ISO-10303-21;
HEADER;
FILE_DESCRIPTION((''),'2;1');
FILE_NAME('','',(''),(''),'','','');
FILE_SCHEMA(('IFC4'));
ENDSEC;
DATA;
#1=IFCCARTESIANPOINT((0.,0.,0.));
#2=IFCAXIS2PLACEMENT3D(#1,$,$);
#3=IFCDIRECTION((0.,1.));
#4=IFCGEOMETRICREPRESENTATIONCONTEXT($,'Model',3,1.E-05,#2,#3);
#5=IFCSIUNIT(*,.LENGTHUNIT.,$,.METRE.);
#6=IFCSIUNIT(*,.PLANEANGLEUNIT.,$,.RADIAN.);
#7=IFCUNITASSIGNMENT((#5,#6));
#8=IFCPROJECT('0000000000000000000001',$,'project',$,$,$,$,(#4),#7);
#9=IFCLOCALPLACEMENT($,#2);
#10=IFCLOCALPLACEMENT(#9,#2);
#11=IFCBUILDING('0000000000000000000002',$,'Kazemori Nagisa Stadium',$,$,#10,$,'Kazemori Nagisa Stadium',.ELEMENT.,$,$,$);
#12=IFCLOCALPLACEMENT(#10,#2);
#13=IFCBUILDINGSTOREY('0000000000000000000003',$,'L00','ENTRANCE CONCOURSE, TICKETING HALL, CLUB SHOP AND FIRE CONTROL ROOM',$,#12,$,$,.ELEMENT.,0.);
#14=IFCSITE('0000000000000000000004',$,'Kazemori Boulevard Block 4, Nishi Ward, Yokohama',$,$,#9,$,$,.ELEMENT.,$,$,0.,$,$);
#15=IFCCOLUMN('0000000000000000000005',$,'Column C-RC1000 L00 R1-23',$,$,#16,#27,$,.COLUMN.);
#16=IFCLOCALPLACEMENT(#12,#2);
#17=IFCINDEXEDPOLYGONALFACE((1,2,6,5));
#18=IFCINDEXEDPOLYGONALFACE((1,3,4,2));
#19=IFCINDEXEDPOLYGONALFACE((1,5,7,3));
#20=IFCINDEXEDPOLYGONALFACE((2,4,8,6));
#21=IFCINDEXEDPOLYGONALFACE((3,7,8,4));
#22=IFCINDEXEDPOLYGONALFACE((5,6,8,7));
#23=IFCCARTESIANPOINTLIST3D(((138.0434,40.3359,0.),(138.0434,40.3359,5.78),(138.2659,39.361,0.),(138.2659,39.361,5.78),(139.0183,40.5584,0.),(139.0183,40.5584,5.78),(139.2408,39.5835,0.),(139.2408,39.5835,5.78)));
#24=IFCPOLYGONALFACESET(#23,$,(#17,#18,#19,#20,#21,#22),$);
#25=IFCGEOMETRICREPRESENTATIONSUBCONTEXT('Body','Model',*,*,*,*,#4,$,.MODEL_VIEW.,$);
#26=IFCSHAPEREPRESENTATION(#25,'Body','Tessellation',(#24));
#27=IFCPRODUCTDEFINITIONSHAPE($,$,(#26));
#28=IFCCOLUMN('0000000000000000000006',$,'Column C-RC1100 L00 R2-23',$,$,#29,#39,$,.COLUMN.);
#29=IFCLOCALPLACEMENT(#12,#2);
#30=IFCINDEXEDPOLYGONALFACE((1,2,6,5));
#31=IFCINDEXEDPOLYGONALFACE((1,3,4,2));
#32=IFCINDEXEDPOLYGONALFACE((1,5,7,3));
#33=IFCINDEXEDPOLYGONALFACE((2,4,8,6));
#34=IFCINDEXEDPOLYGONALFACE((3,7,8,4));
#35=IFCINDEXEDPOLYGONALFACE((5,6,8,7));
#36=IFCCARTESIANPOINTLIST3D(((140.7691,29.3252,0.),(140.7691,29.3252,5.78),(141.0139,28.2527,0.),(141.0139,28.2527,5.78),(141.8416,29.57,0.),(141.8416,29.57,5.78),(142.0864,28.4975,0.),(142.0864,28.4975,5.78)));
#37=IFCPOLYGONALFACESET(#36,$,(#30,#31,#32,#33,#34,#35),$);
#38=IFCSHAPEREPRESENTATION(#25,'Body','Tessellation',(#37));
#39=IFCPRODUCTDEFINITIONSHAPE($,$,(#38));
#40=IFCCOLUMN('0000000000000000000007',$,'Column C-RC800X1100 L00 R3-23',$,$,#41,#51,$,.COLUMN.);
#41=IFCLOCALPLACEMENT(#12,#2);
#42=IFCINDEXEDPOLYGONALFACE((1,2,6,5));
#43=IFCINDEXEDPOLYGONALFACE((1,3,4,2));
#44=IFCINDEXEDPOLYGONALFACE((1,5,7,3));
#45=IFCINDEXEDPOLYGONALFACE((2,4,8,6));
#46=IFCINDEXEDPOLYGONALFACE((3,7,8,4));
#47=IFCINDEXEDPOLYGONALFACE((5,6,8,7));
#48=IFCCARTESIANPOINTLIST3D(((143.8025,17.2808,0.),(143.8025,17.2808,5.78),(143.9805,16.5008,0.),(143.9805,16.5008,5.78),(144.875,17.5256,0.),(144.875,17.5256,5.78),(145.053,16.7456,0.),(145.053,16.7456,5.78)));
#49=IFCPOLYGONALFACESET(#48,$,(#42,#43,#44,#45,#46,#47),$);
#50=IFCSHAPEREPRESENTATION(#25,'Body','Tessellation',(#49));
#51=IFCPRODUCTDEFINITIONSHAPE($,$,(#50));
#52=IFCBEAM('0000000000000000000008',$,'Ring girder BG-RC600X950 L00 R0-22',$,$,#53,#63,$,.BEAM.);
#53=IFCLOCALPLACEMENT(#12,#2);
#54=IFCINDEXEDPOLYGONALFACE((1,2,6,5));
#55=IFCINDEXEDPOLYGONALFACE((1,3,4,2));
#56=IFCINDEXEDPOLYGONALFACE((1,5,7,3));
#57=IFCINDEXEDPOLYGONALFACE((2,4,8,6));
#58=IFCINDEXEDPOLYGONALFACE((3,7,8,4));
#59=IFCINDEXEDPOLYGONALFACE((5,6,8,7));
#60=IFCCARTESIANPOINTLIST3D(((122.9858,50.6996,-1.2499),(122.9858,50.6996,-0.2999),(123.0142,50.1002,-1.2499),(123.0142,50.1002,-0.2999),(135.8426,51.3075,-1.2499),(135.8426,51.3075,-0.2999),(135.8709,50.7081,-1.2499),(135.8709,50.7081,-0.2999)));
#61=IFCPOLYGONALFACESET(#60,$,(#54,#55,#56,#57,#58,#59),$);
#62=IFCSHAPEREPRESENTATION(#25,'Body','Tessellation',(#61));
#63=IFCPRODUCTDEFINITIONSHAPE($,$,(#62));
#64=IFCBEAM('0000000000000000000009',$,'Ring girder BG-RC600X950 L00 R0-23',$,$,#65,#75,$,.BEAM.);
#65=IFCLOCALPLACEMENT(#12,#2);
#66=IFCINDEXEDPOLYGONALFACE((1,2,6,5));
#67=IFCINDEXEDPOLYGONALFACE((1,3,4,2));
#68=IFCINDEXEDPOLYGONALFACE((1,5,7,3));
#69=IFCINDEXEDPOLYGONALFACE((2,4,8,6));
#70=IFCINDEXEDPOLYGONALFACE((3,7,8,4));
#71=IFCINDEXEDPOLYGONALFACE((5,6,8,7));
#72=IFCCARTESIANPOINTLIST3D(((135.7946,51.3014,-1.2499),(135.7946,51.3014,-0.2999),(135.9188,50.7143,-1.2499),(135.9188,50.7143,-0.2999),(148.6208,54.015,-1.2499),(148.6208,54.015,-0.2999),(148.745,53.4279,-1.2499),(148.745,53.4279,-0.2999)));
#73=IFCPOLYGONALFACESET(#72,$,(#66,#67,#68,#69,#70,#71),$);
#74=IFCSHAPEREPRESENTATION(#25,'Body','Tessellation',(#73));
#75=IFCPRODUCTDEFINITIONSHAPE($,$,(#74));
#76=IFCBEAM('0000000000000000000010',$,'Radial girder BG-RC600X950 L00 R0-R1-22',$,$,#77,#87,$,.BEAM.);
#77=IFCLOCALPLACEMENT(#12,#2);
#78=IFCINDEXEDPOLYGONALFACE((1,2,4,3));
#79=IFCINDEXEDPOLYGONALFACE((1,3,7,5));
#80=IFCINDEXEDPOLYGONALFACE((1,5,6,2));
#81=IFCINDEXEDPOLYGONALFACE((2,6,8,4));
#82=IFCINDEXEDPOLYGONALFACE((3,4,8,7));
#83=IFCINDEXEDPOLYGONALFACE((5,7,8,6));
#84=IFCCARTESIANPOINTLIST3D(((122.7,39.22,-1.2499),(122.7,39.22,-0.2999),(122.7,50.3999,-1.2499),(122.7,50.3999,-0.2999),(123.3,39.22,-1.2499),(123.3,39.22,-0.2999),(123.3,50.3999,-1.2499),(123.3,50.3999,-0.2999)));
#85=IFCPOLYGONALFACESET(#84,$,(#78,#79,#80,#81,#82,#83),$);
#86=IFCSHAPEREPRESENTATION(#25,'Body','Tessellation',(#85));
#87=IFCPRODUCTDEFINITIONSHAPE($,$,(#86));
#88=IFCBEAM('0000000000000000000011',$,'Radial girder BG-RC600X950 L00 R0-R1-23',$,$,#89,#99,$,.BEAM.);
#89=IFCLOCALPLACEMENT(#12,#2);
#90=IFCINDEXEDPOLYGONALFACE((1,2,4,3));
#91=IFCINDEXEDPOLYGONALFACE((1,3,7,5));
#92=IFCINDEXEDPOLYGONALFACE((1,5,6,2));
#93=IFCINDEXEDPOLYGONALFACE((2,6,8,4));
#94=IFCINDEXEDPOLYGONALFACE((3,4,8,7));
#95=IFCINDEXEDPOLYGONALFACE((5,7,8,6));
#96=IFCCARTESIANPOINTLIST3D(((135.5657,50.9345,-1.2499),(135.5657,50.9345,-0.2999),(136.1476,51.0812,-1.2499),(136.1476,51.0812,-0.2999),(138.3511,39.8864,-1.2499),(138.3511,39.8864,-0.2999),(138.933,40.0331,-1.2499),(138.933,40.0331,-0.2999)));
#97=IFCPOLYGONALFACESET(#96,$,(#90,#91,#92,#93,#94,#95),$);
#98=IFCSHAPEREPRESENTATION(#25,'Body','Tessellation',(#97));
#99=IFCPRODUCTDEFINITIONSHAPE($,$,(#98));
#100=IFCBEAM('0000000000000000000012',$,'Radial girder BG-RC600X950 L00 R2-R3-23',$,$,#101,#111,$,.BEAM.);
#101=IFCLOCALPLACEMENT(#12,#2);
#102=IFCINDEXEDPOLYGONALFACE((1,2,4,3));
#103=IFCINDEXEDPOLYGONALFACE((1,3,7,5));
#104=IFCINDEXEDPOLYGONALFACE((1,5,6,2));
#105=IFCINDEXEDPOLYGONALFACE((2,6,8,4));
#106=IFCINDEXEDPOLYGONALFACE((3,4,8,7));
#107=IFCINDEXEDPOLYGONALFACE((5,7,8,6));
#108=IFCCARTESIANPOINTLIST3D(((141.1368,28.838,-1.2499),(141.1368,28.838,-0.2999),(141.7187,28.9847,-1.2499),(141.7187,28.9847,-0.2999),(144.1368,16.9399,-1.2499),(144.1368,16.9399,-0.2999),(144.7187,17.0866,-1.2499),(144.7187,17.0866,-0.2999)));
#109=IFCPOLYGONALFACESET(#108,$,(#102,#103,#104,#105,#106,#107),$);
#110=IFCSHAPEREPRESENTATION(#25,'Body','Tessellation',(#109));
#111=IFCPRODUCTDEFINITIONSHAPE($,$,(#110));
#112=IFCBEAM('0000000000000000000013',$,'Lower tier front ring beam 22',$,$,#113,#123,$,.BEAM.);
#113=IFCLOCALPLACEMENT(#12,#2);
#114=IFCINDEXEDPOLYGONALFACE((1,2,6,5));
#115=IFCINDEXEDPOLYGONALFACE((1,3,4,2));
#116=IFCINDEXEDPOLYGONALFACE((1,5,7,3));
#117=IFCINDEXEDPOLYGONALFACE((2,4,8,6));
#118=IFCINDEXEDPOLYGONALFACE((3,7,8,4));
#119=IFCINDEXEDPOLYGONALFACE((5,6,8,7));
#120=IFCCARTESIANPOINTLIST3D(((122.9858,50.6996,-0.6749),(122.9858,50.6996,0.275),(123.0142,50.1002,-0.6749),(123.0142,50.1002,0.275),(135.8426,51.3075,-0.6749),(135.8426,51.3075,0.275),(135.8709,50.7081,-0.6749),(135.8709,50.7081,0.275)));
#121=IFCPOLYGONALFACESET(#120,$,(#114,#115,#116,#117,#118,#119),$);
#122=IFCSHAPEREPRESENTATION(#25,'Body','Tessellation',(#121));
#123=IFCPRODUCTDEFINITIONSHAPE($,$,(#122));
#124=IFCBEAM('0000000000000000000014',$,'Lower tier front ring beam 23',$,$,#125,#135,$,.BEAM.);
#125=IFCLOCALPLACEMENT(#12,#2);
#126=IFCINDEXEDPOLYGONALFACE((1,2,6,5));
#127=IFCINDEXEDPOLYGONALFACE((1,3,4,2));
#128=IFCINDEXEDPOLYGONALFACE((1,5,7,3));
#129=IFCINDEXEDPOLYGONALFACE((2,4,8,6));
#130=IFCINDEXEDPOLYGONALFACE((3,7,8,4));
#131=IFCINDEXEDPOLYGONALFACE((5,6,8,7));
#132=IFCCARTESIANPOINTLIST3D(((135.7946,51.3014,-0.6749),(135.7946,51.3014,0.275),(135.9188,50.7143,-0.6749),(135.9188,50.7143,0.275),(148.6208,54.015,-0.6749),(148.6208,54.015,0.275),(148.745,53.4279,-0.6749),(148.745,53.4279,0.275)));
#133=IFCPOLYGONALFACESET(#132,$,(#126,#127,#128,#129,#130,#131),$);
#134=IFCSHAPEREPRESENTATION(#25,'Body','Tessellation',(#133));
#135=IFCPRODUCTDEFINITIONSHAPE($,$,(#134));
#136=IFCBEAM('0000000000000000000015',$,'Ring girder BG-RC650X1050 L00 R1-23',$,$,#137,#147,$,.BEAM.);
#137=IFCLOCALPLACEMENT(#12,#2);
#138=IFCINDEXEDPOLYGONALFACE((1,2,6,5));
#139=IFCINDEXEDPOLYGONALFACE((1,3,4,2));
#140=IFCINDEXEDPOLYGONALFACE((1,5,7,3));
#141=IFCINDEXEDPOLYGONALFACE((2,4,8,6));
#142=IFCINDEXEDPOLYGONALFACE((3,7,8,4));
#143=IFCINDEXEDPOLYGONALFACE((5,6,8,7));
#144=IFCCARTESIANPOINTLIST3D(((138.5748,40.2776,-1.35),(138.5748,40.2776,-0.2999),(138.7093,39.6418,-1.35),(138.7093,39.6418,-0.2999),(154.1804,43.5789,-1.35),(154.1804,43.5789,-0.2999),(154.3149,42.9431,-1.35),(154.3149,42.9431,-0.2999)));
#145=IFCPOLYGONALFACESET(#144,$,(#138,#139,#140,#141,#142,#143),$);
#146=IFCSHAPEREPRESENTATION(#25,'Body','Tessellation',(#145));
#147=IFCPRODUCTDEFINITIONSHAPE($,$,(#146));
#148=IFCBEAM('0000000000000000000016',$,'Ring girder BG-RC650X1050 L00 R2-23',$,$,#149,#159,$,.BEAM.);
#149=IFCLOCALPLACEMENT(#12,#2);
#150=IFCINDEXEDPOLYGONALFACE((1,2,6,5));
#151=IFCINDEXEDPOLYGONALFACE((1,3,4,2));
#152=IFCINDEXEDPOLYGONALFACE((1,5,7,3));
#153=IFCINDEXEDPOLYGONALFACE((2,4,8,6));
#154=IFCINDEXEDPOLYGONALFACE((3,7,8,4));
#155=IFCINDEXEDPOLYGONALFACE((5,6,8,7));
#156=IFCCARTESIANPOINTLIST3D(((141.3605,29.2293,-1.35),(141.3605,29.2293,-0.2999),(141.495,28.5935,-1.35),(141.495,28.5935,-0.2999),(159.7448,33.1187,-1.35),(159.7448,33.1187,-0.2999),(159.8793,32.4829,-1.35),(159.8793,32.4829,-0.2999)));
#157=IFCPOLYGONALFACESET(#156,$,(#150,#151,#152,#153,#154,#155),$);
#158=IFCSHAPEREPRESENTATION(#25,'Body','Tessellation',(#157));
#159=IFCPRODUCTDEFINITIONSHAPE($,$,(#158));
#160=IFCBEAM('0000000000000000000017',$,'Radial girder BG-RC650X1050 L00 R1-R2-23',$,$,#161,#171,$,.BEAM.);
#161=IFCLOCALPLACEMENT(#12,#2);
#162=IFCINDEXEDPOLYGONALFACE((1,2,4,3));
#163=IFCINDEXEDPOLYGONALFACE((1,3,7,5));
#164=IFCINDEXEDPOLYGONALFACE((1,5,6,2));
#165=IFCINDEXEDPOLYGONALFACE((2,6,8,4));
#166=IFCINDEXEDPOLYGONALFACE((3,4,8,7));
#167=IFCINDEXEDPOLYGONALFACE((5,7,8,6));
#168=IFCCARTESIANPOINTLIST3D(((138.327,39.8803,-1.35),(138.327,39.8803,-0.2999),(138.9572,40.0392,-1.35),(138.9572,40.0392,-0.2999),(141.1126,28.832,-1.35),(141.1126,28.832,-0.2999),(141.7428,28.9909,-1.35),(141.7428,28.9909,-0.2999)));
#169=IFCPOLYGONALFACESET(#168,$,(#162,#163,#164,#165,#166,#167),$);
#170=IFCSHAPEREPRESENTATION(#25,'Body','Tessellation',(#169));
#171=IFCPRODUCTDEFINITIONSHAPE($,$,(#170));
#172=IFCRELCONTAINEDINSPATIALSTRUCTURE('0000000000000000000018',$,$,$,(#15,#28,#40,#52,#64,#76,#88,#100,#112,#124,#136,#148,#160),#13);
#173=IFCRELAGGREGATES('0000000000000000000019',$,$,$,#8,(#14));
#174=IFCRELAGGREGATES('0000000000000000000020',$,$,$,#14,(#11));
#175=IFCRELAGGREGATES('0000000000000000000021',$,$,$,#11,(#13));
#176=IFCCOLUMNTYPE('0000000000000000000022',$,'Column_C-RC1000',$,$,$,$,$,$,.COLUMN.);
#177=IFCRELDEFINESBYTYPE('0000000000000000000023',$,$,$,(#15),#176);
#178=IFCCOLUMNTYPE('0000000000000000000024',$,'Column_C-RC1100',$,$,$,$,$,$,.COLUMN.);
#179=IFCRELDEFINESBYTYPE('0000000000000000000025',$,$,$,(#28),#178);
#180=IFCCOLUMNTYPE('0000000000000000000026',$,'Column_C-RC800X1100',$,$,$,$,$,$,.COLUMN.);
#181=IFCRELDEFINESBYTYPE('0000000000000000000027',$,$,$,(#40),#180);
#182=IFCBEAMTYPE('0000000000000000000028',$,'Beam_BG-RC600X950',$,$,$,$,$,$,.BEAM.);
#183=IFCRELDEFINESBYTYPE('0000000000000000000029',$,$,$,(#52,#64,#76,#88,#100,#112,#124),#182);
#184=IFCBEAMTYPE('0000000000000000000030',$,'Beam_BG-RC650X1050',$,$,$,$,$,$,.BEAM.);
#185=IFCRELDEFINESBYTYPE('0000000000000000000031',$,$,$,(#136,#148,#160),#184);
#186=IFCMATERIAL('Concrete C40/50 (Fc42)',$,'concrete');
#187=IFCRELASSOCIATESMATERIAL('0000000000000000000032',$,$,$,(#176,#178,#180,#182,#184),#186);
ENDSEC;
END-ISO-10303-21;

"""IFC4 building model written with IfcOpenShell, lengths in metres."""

from ifc_helpers import new_model, si_unit, direction, frame, origin, origin_2d, place, context, subcontext, project, spatial, rectangle, extrude, material, material_profile, profile_set, type_object, element, save


model = new_model("IFC4")

# Units and contexts
model_context = context("Model", 3, precision=1e-05, world=origin(), true_north=direction((0.0, 1.0)))
body_context = subcontext(model_context, "Body", "Model", "MODEL_VIEW")
ifc_project = project(units=[si_unit("LENGTHUNIT", "METRE"), si_unit("PLANEANGLEUNIT", "RADIAN")], contexts=[model_context])

# Site, building, storey
site_placement = place(None, origin())
site = spatial("IfcSite", under=ifc_project, at=site_placement, Name="Kazemori Boulevard Block 4, Nishi Ward, Yokohama", CompositionType="ELEMENT", RefElevation=0.0)
building_placement = place(site_placement, origin())
building = spatial("IfcBuilding", under=site, at=building_placement, Name="Kazemori Nagisa Stadium", LongName="Kazemori Nagisa Stadium", CompositionType="ELEMENT")
storey_placement = place(building_placement, origin())
storey = spatial("IfcBuildingStorey", under=building, at=storey_placement, Name="L00", Description="ENTRANCE CONCOURSE, TICKETING HALL, CLUB SHOP AND FIRE CONTROL ROOM", CompositionType="ELEMENT", Elevation=0.0)

# Columns
ifc_material_1 = material(Name="Concrete C40/50 (Fc42)", Category="concrete")
ifc_material_profile_1 = material_profile(ifc_material_1, rectangle(XDim=1.0, YDim=1.0, at=origin_2d()), Name="RC-COL-1000x1000")
ifc_profile_set_1 = profile_set([ifc_material_profile_1], Name="Concrete C40/50 (Fc42)")
column_type_1 = type_object("IfcColumnType", Name="Column_C-RC1000", PredefinedType="COLUMN", material=ifc_profile_set_1)
column_1_placement = place(storey_placement, frame((138.6421, 39.9597, 0.0), z_axis=(0.0, 0.0, 1.0), x_axis=(0.222521, -0.974928, 0.0)))
element("IfcColumn", 1, at=column_1_placement, inside=storey, type_object=column_type_1, Name="Column C-RC1000 L00 R1-23", PredefinedType="COLUMN", context=body_context, shape_type="SweptSolid", body=[
    extrude(rectangle(XDim=1.0, YDim=1.0, at=origin_2d()), origin(), (0.0, 0.0, 1.0), 5.78),
])
ifc_material_profile_2 = material_profile(ifc_material_1, rectangle(XDim=1.1001, YDim=1.1001, at=origin_2d()), Name="RC-COL-1100x1100")
ifc_profile_set_2 = profile_set([ifc_material_profile_2], Name="Concrete C40/50 (Fc42)")
column_type_2 = type_object("IfcColumnType", Name="Column_C-RC1100", PredefinedType="COLUMN", material=ifc_profile_set_2)
column_2_placement = place(storey_placement, frame((141.4277, 28.9114, 0.0), z_axis=(0.0, 0.0, 1.0), x_axis=(0.222521, -0.974928, 0.0)))
element("IfcColumn", 2, at=column_2_placement, inside=storey, type_object=column_type_2, Name="Column C-RC1100 L00 R2-23", PredefinedType="COLUMN", context=body_context, shape_type="SweptSolid", body=[
    extrude(rectangle(XDim=1.1001, YDim=1.1001, at=origin_2d()), origin(), (0.0, 0.0, 1.0), 5.78),
])
ifc_material_profile_3 = material_profile(ifc_material_1, rectangle(XDim=0.8, YDim=1.1001, at=origin_2d()), Name="RC-COL-800x1100")
ifc_profile_set_3 = profile_set([ifc_material_profile_3], Name="Concrete C40/50 (Fc42)")
column_type_3 = type_object("IfcColumnType", Name="Column_C-RC800X1100", PredefinedType="COLUMN", material=ifc_profile_set_3)
column_3_placement = place(storey_placement, frame((144.4277, 17.0132, 0.0), z_axis=(0.0, 0.0, 1.0), x_axis=(0.222521, -0.974928, 0.0)))
element("IfcColumn", 3, at=column_3_placement, inside=storey, type_object=column_type_3, Name="Column C-RC800X1100 L00 R3-23", PredefinedType="COLUMN", context=body_context, shape_type="SweptSolid", body=[
    extrude(rectangle(XDim=0.8, YDim=1.1001, at=origin_2d()), origin(), (0.0, 0.0, 1.0), 5.78),
])

# Beams
ifc_material_profile_4 = material_profile(ifc_material_1, rectangle(XDim=0.6001, YDim=0.95, at=origin_2d()), Name="RC-BM-600x950")
ifc_profile_set_4 = profile_set([ifc_material_profile_4], Name="Concrete C40/50 (Fc42)")
beam_type_1 = type_object("IfcBeamType", Name="Beam_BG-RC600X950", PredefinedType="BEAM", material=ifc_profile_set_4)
beam_1_placement = place(storey_placement, frame((123.0, 50.3999, -0.7749), z_axis=(0.998884, 0.047231, 0.0), x_axis=(-0.047231, 0.998884, 0.0)))
element("IfcBeam", 4, at=beam_1_placement, inside=storey, type_object=beam_type_1, Name="Ring girder BG-RC600X950 L00 R0-22", PredefinedType="BEAM", context=body_context, shape_type="SweptSolid", body=[
    extrude(rectangle(XDim=0.6001, YDim=0.95, at=origin_2d()), origin(), (0.0, 0.0, 1.0), 12.8711),
])
beam_2_placement = place(storey_placement, frame((135.8567, 51.0078, -0.7749), z_axis=(0.978344, 0.206987, 0.0), x_axis=(-0.206987, 0.978344, 0.0)))
element("IfcBeam", 5, at=beam_2_placement, inside=storey, type_object=beam_type_1, Name="Ring girder BG-RC600X950 L00 R0-23", PredefinedType="BEAM", context=body_context, shape_type="SweptSolid", body=[
    extrude(rectangle(XDim=0.6001, YDim=0.95, at=origin_2d()), origin(), (0.0, 0.0, 1.0), 13.1101),
])
beam_3_placement = place(storey_placement, frame((123.0, 50.3999, -0.7749), z_axis=(0.0, -1.0, 0.0), x_axis=(1.0, 0.0, 0.0)))
element("IfcBeam", 6, at=beam_3_placement, inside=storey, type_object=beam_type_1, Name="Radial girder BG-RC600X950 L00 R0-R1-22", PredefinedType="BEAM", context=body_context, shape_type="SweptSolid", body=[
    extrude(rectangle(XDim=0.6001, YDim=0.95, at=origin_2d()), origin(), (0.0, 0.0, 1.0), 11.1799),
])
beam_4_placement = place(storey_placement, frame((135.8567, 51.0078, -0.7749), z_axis=(0.244466, -0.969658, 0.0), x_axis=(0.969658, 0.244466, 0.0)))
element("IfcBeam", 7, at=beam_4_placement, inside=storey, type_object=beam_type_1, Name="Radial girder BG-RC600X950 L00 R0-R1-23", PredefinedType="BEAM", context=body_context, shape_type="SweptSolid", body=[
    extrude(rectangle(XDim=0.6001, YDim=0.95, at=origin_2d()), origin(), (0.0, 0.0, 1.0), 11.3938),
])
beam_5_placement = place(storey_placement, frame((141.4277, 28.9114, -0.7749), z_axis=(0.244487, -0.969652, 0.0), x_axis=(0.969652, 0.244487, 0.0)))
element("IfcBeam", 8, at=beam_5_placement, inside=storey, type_object=beam_type_1, Name="Radial girder BG-RC600X950 L00 R2-R3-23", PredefinedType="BEAM", context=body_context, shape_type="SweptSolid", body=[
    extrude(rectangle(XDim=0.6001, YDim=0.95, at=origin_2d()), origin(), (0.0, 0.0, 1.0), 12.2705),
])
beam_6_placement = place(storey_placement, frame((123.0, 50.3999, -0.2), z_axis=(0.998884, 0.047231, 0.0), x_axis=(-0.047231, 0.998884, 0.0)))
element("IfcBeam", 9, at=beam_6_placement, inside=storey, type_object=beam_type_1, Name="Lower tier front ring beam 22", PredefinedType="BEAM", context=body_context, shape_type="SweptSolid", body=[
    extrude(rectangle(XDim=0.6001, YDim=0.95, at=origin_2d()), origin(), (0.0, 0.0, 1.0), 12.8711),
])
beam_7_placement = place(storey_placement, frame((135.8567, 51.0078, -0.2), z_axis=(0.978344, 0.206987, 0.0), x_axis=(-0.206987, 0.978344, 0.0)))
element("IfcBeam", 10, at=beam_7_placement, inside=storey, type_object=beam_type_1, Name="Lower tier front ring beam 23", PredefinedType="BEAM", context=body_context, shape_type="SweptSolid", body=[
    extrude(rectangle(XDim=0.6001, YDim=0.95, at=origin_2d()), origin(), (0.0, 0.0, 1.0), 13.1101),
])
ifc_material_profile_5 = material_profile(ifc_material_1, rectangle(XDim=0.6499, YDim=1.05, at=origin_2d()), Name="RC-BM-650x1050")
ifc_profile_set_5 = profile_set([ifc_material_profile_5], Name="Concrete C40/50 (Fc42)")
beam_type_2 = type_object("IfcBeamType", Name="Beam_BG-RC650X1050", PredefinedType="BEAM", material=ifc_profile_set_5)
beam_8_placement = place(storey_placement, frame((138.6421, 39.9597, -0.825), z_axis=(0.978348, 0.206965, 0.0), x_axis=(-0.206965, 0.978348, 0.0)))
element("IfcBeam", 11, at=beam_8_placement, inside=storey, type_object=beam_type_2, Name="Ring girder BG-RC650X1050 L00 R1-23", PredefinedType="BEAM", context=body_context, shape_type="SweptSolid", body=[
    extrude(rectangle(XDim=0.6499, YDim=1.05, at=origin_2d()), origin(), (0.0, 0.0, 1.0), 15.9509),
])
beam_9_placement = place(storey_placement, frame((141.4277, 28.9114, -0.825), z_axis=(0.978345, 0.20698, 0.0), x_axis=(-0.20698, 0.978345, 0.0)))
element("IfcBeam", 12, at=beam_9_placement, inside=storey, type_object=beam_type_2, Name="Ring girder BG-RC650X1050 L00 R2-23", PredefinedType="BEAM", context=body_context, shape_type="SweptSolid", body=[
    extrude(rectangle(XDim=0.6499, YDim=1.05, at=origin_2d()), origin(), (0.0, 0.0, 1.0), 18.7913),
])
beam_10_placement = place(storey_placement, frame((138.6421, 39.9597, -0.825), z_axis=(0.244481, -0.969654, 0.0), x_axis=(0.969654, 0.244481, 0.0)))
element("IfcBeam", 13, at=beam_10_placement, inside=storey, type_object=beam_type_2, Name="Radial girder BG-RC650X1050 L00 R1-R2-23", PredefinedType="BEAM", context=body_context, shape_type="SweptSolid", body=[
    extrude(rectangle(XDim=0.6499, YDim=1.05, at=origin_2d()), origin(), (0.0, 0.0, 1.0), 11.394),
])

save(model, "model.ifc")
